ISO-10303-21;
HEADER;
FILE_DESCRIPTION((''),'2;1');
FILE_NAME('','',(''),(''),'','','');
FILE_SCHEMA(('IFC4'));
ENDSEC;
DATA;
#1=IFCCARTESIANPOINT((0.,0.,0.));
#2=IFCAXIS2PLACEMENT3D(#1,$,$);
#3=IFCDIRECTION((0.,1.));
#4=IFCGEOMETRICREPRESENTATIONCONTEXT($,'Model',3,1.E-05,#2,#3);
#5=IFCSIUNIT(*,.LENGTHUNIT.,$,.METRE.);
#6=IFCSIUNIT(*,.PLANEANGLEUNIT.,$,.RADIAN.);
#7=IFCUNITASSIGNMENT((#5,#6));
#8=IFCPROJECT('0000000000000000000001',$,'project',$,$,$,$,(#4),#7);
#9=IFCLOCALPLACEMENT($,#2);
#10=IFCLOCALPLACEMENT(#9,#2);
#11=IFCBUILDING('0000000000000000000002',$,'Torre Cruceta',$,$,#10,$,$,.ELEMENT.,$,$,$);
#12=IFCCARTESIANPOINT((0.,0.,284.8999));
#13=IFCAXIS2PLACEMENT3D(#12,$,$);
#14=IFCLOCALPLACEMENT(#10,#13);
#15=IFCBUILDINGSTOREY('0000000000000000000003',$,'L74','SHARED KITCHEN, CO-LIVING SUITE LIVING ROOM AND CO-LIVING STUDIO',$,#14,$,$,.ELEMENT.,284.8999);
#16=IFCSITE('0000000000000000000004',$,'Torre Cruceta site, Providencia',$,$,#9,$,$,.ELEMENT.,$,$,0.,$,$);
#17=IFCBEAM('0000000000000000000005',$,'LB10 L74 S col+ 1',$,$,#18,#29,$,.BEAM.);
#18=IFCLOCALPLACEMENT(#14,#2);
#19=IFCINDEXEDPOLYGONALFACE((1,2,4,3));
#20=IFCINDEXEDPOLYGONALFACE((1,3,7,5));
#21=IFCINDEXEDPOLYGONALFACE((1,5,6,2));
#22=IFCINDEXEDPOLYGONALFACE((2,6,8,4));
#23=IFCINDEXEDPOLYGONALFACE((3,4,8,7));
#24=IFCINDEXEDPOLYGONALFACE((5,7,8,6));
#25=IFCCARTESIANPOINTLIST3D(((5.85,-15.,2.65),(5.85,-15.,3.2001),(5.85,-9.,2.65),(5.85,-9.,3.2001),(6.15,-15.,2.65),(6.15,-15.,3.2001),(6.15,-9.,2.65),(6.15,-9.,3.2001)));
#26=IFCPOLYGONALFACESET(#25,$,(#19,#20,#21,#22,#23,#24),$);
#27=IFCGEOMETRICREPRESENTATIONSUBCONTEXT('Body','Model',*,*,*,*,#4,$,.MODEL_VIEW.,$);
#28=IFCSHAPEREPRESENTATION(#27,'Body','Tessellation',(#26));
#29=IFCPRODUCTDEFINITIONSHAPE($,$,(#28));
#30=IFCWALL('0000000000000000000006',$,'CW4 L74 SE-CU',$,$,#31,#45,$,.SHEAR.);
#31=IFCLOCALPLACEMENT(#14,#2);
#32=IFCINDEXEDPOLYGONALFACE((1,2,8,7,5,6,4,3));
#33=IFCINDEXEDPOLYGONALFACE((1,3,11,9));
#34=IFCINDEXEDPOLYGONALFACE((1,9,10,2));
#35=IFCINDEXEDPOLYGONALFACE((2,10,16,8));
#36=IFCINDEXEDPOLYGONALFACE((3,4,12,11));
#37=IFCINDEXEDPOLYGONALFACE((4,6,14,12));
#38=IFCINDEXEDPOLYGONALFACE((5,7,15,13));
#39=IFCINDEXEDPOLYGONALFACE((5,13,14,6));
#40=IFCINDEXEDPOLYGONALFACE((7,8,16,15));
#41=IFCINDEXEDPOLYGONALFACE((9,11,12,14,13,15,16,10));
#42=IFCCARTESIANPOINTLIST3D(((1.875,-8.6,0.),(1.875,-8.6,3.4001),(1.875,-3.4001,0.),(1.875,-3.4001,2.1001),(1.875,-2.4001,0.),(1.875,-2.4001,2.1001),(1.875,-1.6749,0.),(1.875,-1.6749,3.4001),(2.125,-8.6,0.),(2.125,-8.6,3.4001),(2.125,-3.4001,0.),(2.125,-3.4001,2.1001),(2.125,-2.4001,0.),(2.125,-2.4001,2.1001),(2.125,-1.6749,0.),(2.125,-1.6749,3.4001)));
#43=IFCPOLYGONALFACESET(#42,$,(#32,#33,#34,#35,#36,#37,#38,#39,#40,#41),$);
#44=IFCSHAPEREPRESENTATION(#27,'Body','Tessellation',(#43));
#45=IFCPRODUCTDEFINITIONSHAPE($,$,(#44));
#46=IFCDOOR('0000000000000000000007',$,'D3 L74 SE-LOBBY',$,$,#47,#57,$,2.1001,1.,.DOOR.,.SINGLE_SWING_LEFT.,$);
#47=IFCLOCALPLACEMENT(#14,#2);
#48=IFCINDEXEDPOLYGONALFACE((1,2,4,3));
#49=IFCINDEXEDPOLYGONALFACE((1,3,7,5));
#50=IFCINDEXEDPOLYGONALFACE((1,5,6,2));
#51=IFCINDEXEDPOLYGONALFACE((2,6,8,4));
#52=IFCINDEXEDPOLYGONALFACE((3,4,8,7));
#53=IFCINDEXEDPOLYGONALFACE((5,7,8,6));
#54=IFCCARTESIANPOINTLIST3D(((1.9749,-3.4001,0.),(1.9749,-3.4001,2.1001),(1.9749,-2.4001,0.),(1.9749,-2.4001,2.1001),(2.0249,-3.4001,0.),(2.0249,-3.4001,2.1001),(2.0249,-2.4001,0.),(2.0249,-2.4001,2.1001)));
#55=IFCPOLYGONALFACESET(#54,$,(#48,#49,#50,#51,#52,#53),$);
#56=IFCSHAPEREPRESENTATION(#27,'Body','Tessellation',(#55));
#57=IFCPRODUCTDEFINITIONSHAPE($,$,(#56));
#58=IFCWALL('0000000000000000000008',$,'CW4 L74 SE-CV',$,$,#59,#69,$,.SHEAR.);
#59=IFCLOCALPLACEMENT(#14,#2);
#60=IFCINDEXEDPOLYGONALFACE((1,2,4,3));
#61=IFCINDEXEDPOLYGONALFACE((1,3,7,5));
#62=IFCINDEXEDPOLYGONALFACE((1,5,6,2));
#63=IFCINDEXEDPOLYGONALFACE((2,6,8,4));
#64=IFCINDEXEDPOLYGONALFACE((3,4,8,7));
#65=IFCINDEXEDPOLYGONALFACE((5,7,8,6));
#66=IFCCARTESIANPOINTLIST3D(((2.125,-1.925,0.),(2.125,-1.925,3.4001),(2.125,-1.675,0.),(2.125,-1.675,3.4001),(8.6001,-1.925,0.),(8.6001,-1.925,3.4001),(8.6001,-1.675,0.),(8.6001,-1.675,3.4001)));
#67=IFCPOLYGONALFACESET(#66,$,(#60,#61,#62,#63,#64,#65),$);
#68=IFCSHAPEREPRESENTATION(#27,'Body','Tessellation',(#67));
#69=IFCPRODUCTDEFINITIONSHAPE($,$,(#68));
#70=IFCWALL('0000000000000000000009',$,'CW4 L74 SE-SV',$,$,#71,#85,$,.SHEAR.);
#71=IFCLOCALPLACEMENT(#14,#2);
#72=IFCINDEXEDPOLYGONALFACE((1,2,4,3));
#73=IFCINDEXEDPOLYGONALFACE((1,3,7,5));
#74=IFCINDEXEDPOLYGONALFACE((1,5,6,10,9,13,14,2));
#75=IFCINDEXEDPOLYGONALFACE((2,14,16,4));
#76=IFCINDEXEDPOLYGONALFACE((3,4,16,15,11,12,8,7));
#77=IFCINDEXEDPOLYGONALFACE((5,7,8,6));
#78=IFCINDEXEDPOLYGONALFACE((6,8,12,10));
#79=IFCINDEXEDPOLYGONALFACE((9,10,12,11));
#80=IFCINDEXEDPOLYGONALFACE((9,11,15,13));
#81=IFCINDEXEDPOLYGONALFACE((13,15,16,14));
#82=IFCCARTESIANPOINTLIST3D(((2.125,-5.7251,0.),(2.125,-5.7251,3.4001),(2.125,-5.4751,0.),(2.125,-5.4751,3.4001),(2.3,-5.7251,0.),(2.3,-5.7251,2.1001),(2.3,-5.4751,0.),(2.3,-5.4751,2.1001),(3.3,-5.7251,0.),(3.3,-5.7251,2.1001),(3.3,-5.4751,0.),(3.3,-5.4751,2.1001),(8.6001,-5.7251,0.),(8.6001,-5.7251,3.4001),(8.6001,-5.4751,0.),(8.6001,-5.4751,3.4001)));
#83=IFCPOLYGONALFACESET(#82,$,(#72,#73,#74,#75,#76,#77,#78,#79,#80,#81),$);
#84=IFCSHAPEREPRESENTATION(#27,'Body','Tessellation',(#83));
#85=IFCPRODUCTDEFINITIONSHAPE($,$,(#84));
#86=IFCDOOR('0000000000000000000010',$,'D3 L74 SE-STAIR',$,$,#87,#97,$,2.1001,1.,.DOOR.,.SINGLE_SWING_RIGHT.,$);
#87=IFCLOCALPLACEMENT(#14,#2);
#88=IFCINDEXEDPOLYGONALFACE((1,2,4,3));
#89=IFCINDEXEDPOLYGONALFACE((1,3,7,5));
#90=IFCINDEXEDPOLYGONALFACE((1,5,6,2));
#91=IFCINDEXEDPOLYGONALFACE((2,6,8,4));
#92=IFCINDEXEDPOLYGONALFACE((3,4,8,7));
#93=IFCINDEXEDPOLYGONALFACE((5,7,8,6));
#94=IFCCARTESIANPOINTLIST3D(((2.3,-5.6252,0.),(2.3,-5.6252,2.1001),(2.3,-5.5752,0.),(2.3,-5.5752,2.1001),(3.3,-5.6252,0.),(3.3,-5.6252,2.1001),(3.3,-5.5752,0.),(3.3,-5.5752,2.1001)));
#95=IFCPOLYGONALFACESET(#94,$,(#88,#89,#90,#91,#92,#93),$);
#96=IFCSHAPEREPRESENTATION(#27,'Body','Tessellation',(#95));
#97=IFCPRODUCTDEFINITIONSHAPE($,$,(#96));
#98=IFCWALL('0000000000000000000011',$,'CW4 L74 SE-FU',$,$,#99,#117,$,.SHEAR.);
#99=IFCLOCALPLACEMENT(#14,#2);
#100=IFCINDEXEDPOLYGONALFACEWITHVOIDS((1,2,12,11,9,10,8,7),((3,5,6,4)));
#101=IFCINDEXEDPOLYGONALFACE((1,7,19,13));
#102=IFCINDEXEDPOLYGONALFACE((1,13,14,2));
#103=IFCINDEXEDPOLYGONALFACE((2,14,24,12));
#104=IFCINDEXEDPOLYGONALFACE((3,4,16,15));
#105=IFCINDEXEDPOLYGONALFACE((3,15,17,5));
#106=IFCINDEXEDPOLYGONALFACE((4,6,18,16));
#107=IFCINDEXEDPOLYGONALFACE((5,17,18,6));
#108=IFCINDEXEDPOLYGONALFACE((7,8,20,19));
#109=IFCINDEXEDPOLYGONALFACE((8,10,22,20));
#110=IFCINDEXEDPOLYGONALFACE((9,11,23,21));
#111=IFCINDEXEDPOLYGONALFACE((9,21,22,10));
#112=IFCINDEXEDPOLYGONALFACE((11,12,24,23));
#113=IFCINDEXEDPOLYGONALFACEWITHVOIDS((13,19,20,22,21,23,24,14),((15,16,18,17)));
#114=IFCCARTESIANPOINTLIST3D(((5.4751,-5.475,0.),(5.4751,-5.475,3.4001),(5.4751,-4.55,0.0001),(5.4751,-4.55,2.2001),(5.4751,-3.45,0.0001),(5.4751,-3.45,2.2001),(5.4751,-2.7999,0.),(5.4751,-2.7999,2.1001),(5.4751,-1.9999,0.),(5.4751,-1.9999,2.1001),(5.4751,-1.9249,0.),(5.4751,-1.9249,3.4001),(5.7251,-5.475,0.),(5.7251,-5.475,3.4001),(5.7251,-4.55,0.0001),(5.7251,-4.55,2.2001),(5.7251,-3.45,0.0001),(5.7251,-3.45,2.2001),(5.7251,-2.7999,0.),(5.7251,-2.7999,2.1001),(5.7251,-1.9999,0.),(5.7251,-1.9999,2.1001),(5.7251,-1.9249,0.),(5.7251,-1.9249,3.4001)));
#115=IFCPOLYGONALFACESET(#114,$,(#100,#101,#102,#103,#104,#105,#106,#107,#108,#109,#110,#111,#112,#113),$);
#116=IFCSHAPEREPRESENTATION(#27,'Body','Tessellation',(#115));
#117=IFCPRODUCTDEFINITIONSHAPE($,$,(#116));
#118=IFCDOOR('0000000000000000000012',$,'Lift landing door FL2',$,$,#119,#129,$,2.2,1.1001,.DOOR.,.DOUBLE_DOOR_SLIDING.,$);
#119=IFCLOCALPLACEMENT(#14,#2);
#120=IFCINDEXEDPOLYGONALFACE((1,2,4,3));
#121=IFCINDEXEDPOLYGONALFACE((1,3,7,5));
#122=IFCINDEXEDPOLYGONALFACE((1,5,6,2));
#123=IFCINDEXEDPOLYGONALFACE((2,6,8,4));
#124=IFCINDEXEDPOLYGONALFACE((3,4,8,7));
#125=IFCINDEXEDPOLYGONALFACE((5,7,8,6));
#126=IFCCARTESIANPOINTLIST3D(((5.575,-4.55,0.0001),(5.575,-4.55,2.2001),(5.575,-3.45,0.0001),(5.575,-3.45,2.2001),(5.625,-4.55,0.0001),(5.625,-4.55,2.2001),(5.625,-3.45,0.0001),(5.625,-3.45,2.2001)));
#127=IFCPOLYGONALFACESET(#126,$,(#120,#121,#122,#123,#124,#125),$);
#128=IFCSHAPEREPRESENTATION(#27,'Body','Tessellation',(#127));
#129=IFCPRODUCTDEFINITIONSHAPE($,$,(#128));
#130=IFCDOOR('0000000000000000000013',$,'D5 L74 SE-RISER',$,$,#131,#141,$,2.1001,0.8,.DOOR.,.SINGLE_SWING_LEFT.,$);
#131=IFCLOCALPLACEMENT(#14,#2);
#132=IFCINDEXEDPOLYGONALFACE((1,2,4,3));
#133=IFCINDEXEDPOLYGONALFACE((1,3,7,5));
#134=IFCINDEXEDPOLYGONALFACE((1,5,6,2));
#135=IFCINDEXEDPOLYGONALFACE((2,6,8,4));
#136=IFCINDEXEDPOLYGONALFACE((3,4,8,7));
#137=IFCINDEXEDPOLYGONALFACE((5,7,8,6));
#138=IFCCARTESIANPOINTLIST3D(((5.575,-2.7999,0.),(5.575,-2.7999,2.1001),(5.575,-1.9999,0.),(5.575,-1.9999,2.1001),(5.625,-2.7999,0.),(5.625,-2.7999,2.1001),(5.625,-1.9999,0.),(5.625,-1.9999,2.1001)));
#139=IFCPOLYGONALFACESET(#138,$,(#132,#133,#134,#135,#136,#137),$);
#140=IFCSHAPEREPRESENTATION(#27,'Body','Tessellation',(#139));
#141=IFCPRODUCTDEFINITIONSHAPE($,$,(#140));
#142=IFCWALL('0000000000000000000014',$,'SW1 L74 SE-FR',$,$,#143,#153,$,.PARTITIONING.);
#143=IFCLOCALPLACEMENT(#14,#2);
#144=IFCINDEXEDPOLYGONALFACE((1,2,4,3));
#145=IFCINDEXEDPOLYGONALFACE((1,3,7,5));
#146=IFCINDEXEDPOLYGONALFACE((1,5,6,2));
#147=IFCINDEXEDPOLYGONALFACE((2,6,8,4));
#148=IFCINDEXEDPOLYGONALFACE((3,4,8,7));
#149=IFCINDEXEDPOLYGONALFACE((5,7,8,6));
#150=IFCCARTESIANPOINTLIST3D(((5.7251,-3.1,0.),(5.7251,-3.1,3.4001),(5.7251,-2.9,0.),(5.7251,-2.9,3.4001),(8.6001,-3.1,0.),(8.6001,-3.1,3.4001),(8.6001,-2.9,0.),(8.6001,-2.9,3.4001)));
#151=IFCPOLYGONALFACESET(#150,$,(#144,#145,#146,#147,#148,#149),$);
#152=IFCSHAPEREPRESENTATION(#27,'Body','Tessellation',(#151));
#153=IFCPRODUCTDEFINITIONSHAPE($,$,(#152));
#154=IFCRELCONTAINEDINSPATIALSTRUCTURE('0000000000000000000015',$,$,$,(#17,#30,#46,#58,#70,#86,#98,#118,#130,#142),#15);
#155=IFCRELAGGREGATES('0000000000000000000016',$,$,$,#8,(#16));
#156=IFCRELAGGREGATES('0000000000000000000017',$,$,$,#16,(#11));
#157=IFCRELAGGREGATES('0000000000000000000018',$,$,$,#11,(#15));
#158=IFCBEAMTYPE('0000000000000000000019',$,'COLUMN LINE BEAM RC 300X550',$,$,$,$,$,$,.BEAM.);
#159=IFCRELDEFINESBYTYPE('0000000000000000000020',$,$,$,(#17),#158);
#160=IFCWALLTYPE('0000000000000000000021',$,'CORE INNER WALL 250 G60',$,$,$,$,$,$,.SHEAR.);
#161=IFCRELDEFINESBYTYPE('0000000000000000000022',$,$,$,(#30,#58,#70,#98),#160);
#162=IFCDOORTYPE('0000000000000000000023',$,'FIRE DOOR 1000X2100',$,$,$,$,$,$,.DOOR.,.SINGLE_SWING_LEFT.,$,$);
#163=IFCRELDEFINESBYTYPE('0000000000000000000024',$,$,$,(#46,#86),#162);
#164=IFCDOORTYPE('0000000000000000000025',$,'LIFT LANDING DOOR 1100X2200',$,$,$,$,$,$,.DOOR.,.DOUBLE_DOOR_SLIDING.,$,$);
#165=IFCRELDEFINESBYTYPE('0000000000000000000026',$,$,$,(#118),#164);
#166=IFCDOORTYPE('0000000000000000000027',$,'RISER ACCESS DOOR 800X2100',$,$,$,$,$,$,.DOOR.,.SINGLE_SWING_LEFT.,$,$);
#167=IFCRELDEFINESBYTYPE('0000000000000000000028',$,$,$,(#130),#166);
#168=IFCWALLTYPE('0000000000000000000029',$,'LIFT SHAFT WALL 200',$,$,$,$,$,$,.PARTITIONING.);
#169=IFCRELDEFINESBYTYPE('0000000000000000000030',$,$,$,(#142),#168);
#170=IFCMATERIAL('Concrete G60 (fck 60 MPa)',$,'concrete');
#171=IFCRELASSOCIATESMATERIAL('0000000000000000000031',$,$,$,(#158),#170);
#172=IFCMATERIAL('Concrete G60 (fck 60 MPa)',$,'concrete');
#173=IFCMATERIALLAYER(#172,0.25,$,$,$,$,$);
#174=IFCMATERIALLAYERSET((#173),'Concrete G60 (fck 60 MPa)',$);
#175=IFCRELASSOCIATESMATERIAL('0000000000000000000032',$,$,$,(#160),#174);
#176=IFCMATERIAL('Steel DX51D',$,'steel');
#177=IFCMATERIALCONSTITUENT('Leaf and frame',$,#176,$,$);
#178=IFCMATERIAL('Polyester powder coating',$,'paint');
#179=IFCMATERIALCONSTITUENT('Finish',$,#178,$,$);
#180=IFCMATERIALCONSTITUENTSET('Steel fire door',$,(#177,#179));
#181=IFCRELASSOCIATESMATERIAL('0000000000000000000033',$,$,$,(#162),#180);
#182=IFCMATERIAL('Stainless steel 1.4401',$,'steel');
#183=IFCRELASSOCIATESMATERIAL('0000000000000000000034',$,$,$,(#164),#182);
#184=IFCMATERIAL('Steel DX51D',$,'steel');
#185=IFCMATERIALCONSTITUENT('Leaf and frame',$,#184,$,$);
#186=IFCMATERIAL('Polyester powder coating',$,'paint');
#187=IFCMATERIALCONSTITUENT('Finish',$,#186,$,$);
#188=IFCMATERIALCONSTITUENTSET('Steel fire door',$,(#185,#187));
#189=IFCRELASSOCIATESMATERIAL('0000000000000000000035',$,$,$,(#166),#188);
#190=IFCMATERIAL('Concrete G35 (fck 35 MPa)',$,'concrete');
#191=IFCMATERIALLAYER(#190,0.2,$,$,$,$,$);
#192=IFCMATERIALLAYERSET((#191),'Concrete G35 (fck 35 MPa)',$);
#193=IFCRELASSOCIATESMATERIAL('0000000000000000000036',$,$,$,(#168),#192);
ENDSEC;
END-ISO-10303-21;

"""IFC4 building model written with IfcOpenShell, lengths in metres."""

from ifc_helpers import new_model, si_unit, direction, frame, frame_2d, origin, origin_2d, place, context, subcontext, project, spatial, rectangle, extrude, material, layer, layer_set, constituent, constituent_set, material_profile, profile_set, type_object, element, fill, save


model = new_model("IFC4")

# Units and contexts
model_context = context("Model", 3, precision=1e-05, world=origin(), true_north=direction((0.0, 1.0)))
body_context = subcontext(model_context, "Body", "Model", "MODEL_VIEW")
ifc_project = project(units=[si_unit("LENGTHUNIT", "METRE"), si_unit("PLANEANGLEUNIT", "RADIAN")], contexts=[model_context])

# Site, building, storey
site_placement = place(None, origin())
site = spatial("IfcSite", under=ifc_project, at=site_placement, Name="Torre Cruceta site, Providencia", CompositionType="ELEMENT", RefElevation=0.0)
building_placement = place(site_placement, origin())
building = spatial("IfcBuilding", under=site, at=building_placement, Name="Torre Cruceta", CompositionType="ELEMENT")
storey_placement = place(building_placement, frame((0.0, 0.0, 284.8999)))
storey = spatial("IfcBuildingStorey", under=building, at=storey_placement, Name="L74", Description="SHARED KITCHEN, CO-LIVING SUITE LIVING ROOM AND CO-LIVING STUDIO", CompositionType="ELEMENT", Elevation=284.8999)

# Beam
ifc_material_1 = material(Name="Concrete G60 (fck 60 MPa)", Category="concrete")
ifc_material_profile = material_profile(ifc_material_1, rectangle(XDim=0.3, YDim=0.55, at=origin_2d()), Name="RC 300X550")
ifc_profile_set = profile_set([ifc_material_profile], Name="Concrete G60 (fck 60 MPa)")
beam_type = type_object("IfcBeamType", Name="COLUMN LINE BEAM RC 300X550", PredefinedType="BEAM", material=ifc_profile_set)
beam_placement = place(storey_placement, frame((6.0, -9.0, 2.925), z_axis=(0.0, -1.0, 0.0), x_axis=(1.0, 0.0, 0.0)))
element("IfcBeam", 1, at=beam_placement, inside=storey, type_object=beam_type, Name="LB10 L74 S col+ 1", PredefinedType="BEAM", context=body_context, shape_type="SweptSolid", body=[
    extrude(rectangle(XDim=0.3, YDim=0.55, at=origin_2d()), origin(), (0.0, 0.0, 1.0), 6.0),
])

# Wall, opening, door
ifc_material_2 = material(Name="Concrete G60 (fck 60 MPa)", Category="concrete")
ifc_layer_1 = layer(ifc_material_2, 0.25)
ifc_layer_set_1 = layer_set([ifc_layer_1], Name="Concrete G60 (fck 60 MPa)")
wall_type_1 = type_object("IfcWallType", Name="CORE INNER WALL 250 G60", PredefinedType="SHEAR", material=ifc_layer_set_1)
wall_1_placement = place(storey_placement, frame((2.0, -1.675, 0.0), z_axis=(0.0, 0.0, 1.0), x_axis=(0.0, -1.0, 0.0)))
wall_1 = element("IfcWall", 2, at=wall_1_placement, inside=storey, type_object=wall_type_1, Name="CW4 L74 SE-CU", PredefinedType="SHEAR", context=body_context, shape_type="SweptSolid", body=[
    extrude(rectangle(XDim=6.925, YDim=0.25, at=frame_2d((3.4624, 0.0))), origin(), (0.0, 0.0, 1.0), 3.4001),
])
opening_1_placement = place(wall_1_placement, frame((0.7251, 0.0, 0.0)))
opening_1 = element("IfcOpeningElement", 3, at=opening_1_placement, cuts=wall_1, PredefinedType="OPENING", context=body_context, shape_type="SweptSolid", body=[
    extrude(rectangle(XDim=1.0, YDim=2.1001, at=frame_2d((0.5, 1.05))), frame((0.0, 0.135, 0.0), z_axis=(0.0, -1.0, 0.0), x_axis=(1.0, 0.0, 0.0)), (0.0, 0.0, 1.0), 0.27),
])
ifc_material_3 = material(Name="Steel DX51D", Category="steel")
ifc_constituent_1 = constituent(ifc_material_3, Name="Leaf and frame")
ifc_material_4 = material(Name="Polyester powder coating", Category="paint")
ifc_constituent_2 = constituent(ifc_material_4, Name="Finish")
ifc_constituent_set_1 = constituent_set(constituents=[ifc_constituent_1, ifc_constituent_2], Name="Steel fire door")
door_type_1 = type_object("IfcDoorType", Name="FIRE DOOR 1000X2100", OperationType="SINGLE_SWING_LEFT", PredefinedType="DOOR", material=ifc_constituent_set_1)
door_1_placement = place(opening_1_placement, origin())
door_1 = element("IfcDoor", 4, at=door_1_placement, inside=storey, type_object=door_type_1, Name="D3 L74 SE-LOBBY", OperationType="SINGLE_SWING_LEFT", OverallHeight=2.1001, OverallWidth=1.0, PredefinedType="DOOR", context=body_context, shape_type="SweptSolid", body=[
    extrude(rectangle(XDim=1.0, YDim=2.1001, at=frame_2d((0.5, 1.05))), frame((0.0, 0.0249, 0.0), z_axis=(0.0, -1.0, 0.0), x_axis=(1.0, 0.0, 0.0)), (0.0, 0.0, 1.0), 0.05),
])
fill(opening_1, door_1)

# Wall
wall_2_placement = place(storey_placement, frame((2.125, -1.8, 0.0), z_axis=(0.0, 0.0, 1.0), x_axis=(1.0, 0.0, 0.0)))
element("IfcWall", 5, at=wall_2_placement, inside=storey, type_object=wall_type_1, Name="CW4 L74 SE-CV", PredefinedType="SHEAR", context=body_context, shape_type="SweptSolid", body=[
    extrude(rectangle(XDim=6.4751, YDim=0.25, at=frame_2d((3.2375, 0.0))), origin(), (0.0, 0.0, 1.0), 3.4001),
])

# Wall, opening, door
wall_3_placement = place(storey_placement, frame((2.125, -5.6001, 0.0), z_axis=(0.0, 0.0, 1.0), x_axis=(1.0, 0.0, 0.0)))
wall_3 = element("IfcWall", 6, at=wall_3_placement, inside=storey, type_object=wall_type_1, Name="CW4 L74 SE-SV", PredefinedType="SHEAR", context=body_context, shape_type="SweptSolid", body=[
    extrude(rectangle(XDim=6.4751, YDim=0.25, at=frame_2d((3.2375, 0.0))), origin(), (0.0, 0.0, 1.0), 3.4001),
])
opening_2_placement = place(wall_3_placement, frame((0.175, 0.0, 0.0)))
opening_2 = element("IfcOpeningElement", 7, at=opening_2_placement, cuts=wall_3, PredefinedType="OPENING", context=body_context, shape_type="SweptSolid", body=[
    extrude(rectangle(XDim=1.0, YDim=2.1001, at=frame_2d((0.5, 1.05))), frame((0.0, 0.135, 0.0), z_axis=(0.0, -1.0, 0.0), x_axis=(1.0, 0.0, 0.0)), (0.0, 0.0, 1.0), 0.27),
])
door_2_placement = place(opening_2_placement, frame((1.0, 0.0, 0.0), z_axis=(0.0, 0.0, 1.0), x_axis=(-1.0, 0.0, 0.0)))
door_2 = element("IfcDoor", 8, at=door_2_placement, inside=storey, type_object=door_type_1, Name="D3 L74 SE-STAIR", OperationType="SINGLE_SWING_RIGHT", OverallHeight=2.1001, OverallWidth=1.0, PredefinedType="DOOR", context=body_context, shape_type="SweptSolid", body=[
    extrude(rectangle(XDim=1.0, YDim=2.1001, at=frame_2d((0.5, 1.05))), frame((0.0, 0.0251, 0.0), z_axis=(0.0, -1.0, 0.0), x_axis=(1.0, 0.0, 0.0)), (0.0, 0.0, 1.0), 0.05),
])
fill(opening_2, door_2)

# Wall, openings, doors
wall_4_placement = place(storey_placement, frame((5.6001, -1.925, 0.0), z_axis=(0.0, 0.0, 1.0), x_axis=(0.0, -1.0, 0.0)))
wall_4 = element("IfcWall", 9, at=wall_4_placement, inside=storey, type_object=wall_type_1, Name="CW4 L74 SE-FU", PredefinedType="SHEAR", context=body_context, shape_type="SweptSolid", body=[
    extrude(rectangle(XDim=3.55, YDim=0.25, at=frame_2d((1.7749, 0.0))), origin(), (0.0, 0.0, 1.0), 3.4001),
])
opening_3_placement = place(wall_4_placement, frame((1.5249, 0.0, 0.0)))
opening_3 = element("IfcOpeningElement", 10, at=opening_3_placement, cuts=wall_4, PredefinedType="OPENING", context=body_context, shape_type="SweptSolid", body=[
    extrude(rectangle(XDim=1.1001, YDim=2.2, at=frame_2d((0.55, 1.1001))), frame((0.0, 0.135, 0.0), z_axis=(0.0, -1.0, 0.0), x_axis=(1.0, 0.0, 0.0)), (0.0, 0.0, 1.0), 0.27),
])
opening_4_placement = place(wall_4_placement, frame((0.075, 0.0, 0.0)))
opening_4 = element("IfcOpeningElement", 11, at=opening_4_placement, cuts=wall_4, PredefinedType="OPENING", context=body_context, shape_type="SweptSolid", body=[
    extrude(rectangle(XDim=0.8, YDim=2.1001, at=frame_2d((0.3999, 1.05))), frame((0.0, 0.135, 0.0), z_axis=(0.0, -1.0, 0.0), x_axis=(1.0, 0.0, 0.0)), (0.0, 0.0, 1.0), 0.27),
])
ifc_material_5 = material(Name="Stainless steel 1.4401", Category="steel")
door_type_2 = type_object("IfcDoorType", Name="LIFT LANDING DOOR 1100X2200", OperationType="DOUBLE_DOOR_SLIDING", PredefinedType="DOOR", material=ifc_material_5)
door_3_placement = place(opening_3_placement, origin())
door_3 = element("IfcDoor", 12, at=door_3_placement, inside=storey, type_object=door_type_2, Name="Lift landing door FL2", OperationType="DOUBLE_DOOR_SLIDING", OverallHeight=2.2, OverallWidth=1.1001, PredefinedType="DOOR", context=body_context, shape_type="SweptSolid", body=[
    extrude(rectangle(XDim=1.1001, YDim=2.2, at=frame_2d((0.55, 1.1001))), frame((0.0, 0.0249, 0.0), z_axis=(0.0, -1.0, 0.0), x_axis=(1.0, 0.0, 0.0)), (0.0, 0.0, 1.0), 0.05),
])
fill(opening_3, door_3)
ifc_material_6 = material(Name="Steel DX51D", Category="steel")
ifc_constituent_3 = constituent(ifc_material_6, Name="Leaf and frame")
ifc_material_7 = material(Name="Polyester powder coating", Category="paint")
ifc_constituent_4 = constituent(ifc_material_7, Name="Finish")
ifc_constituent_set_2 = constituent_set(constituents=[ifc_constituent_3, ifc_constituent_4], Name="Steel fire door")
door_type_3 = type_object("IfcDoorType", Name="RISER ACCESS DOOR 800X2100", OperationType="SINGLE_SWING_LEFT", PredefinedType="DOOR", material=ifc_constituent_set_2)
door_4_placement = place(opening_4_placement, origin())
door_4 = element("IfcDoor", 13, at=door_4_placement, inside=storey, type_object=door_type_3, Name="D5 L74 SE-RISER", OperationType="SINGLE_SWING_LEFT", OverallHeight=2.1001, OverallWidth=0.8, PredefinedType="DOOR", context=body_context, shape_type="SweptSolid", body=[
    extrude(rectangle(XDim=0.8, YDim=2.1001, at=frame_2d((0.3999, 1.05))), frame((0.0, 0.0249, 0.0), z_axis=(0.0, -1.0, 0.0), x_axis=(1.0, 0.0, 0.0)), (0.0, 0.0, 1.0), 0.05),
])
fill(opening_4, door_4)

# Wall
ifc_material_8 = material(Name="Concrete G35 (fck 35 MPa)", Category="concrete")
ifc_layer_2 = layer(ifc_material_8, 0.2)
ifc_layer_set_2 = layer_set([ifc_layer_2], Name="Concrete G35 (fck 35 MPa)")
wall_type_2 = type_object("IfcWallType", Name="LIFT SHAFT WALL 200", PredefinedType="PARTITIONING", material=ifc_layer_set_2)
wall_5_placement = place(storey_placement, frame((5.7251, -3.0, 0.0), z_axis=(0.0, 0.0, 1.0), x_axis=(1.0, 0.0, 0.0)))
element("IfcWall", 14, at=wall_5_placement, inside=storey, type_object=wall_type_2, Name="SW1 L74 SE-FR", PredefinedType="PARTITIONING", context=body_context, shape_type="SweptSolid", body=[
    extrude(rectangle(XDim=2.875, YDim=0.2, at=frame_2d((1.4375, 0.0))), origin(), (0.0, 0.0, 1.0), 3.4001),
])

save(model, "model.ifc")
